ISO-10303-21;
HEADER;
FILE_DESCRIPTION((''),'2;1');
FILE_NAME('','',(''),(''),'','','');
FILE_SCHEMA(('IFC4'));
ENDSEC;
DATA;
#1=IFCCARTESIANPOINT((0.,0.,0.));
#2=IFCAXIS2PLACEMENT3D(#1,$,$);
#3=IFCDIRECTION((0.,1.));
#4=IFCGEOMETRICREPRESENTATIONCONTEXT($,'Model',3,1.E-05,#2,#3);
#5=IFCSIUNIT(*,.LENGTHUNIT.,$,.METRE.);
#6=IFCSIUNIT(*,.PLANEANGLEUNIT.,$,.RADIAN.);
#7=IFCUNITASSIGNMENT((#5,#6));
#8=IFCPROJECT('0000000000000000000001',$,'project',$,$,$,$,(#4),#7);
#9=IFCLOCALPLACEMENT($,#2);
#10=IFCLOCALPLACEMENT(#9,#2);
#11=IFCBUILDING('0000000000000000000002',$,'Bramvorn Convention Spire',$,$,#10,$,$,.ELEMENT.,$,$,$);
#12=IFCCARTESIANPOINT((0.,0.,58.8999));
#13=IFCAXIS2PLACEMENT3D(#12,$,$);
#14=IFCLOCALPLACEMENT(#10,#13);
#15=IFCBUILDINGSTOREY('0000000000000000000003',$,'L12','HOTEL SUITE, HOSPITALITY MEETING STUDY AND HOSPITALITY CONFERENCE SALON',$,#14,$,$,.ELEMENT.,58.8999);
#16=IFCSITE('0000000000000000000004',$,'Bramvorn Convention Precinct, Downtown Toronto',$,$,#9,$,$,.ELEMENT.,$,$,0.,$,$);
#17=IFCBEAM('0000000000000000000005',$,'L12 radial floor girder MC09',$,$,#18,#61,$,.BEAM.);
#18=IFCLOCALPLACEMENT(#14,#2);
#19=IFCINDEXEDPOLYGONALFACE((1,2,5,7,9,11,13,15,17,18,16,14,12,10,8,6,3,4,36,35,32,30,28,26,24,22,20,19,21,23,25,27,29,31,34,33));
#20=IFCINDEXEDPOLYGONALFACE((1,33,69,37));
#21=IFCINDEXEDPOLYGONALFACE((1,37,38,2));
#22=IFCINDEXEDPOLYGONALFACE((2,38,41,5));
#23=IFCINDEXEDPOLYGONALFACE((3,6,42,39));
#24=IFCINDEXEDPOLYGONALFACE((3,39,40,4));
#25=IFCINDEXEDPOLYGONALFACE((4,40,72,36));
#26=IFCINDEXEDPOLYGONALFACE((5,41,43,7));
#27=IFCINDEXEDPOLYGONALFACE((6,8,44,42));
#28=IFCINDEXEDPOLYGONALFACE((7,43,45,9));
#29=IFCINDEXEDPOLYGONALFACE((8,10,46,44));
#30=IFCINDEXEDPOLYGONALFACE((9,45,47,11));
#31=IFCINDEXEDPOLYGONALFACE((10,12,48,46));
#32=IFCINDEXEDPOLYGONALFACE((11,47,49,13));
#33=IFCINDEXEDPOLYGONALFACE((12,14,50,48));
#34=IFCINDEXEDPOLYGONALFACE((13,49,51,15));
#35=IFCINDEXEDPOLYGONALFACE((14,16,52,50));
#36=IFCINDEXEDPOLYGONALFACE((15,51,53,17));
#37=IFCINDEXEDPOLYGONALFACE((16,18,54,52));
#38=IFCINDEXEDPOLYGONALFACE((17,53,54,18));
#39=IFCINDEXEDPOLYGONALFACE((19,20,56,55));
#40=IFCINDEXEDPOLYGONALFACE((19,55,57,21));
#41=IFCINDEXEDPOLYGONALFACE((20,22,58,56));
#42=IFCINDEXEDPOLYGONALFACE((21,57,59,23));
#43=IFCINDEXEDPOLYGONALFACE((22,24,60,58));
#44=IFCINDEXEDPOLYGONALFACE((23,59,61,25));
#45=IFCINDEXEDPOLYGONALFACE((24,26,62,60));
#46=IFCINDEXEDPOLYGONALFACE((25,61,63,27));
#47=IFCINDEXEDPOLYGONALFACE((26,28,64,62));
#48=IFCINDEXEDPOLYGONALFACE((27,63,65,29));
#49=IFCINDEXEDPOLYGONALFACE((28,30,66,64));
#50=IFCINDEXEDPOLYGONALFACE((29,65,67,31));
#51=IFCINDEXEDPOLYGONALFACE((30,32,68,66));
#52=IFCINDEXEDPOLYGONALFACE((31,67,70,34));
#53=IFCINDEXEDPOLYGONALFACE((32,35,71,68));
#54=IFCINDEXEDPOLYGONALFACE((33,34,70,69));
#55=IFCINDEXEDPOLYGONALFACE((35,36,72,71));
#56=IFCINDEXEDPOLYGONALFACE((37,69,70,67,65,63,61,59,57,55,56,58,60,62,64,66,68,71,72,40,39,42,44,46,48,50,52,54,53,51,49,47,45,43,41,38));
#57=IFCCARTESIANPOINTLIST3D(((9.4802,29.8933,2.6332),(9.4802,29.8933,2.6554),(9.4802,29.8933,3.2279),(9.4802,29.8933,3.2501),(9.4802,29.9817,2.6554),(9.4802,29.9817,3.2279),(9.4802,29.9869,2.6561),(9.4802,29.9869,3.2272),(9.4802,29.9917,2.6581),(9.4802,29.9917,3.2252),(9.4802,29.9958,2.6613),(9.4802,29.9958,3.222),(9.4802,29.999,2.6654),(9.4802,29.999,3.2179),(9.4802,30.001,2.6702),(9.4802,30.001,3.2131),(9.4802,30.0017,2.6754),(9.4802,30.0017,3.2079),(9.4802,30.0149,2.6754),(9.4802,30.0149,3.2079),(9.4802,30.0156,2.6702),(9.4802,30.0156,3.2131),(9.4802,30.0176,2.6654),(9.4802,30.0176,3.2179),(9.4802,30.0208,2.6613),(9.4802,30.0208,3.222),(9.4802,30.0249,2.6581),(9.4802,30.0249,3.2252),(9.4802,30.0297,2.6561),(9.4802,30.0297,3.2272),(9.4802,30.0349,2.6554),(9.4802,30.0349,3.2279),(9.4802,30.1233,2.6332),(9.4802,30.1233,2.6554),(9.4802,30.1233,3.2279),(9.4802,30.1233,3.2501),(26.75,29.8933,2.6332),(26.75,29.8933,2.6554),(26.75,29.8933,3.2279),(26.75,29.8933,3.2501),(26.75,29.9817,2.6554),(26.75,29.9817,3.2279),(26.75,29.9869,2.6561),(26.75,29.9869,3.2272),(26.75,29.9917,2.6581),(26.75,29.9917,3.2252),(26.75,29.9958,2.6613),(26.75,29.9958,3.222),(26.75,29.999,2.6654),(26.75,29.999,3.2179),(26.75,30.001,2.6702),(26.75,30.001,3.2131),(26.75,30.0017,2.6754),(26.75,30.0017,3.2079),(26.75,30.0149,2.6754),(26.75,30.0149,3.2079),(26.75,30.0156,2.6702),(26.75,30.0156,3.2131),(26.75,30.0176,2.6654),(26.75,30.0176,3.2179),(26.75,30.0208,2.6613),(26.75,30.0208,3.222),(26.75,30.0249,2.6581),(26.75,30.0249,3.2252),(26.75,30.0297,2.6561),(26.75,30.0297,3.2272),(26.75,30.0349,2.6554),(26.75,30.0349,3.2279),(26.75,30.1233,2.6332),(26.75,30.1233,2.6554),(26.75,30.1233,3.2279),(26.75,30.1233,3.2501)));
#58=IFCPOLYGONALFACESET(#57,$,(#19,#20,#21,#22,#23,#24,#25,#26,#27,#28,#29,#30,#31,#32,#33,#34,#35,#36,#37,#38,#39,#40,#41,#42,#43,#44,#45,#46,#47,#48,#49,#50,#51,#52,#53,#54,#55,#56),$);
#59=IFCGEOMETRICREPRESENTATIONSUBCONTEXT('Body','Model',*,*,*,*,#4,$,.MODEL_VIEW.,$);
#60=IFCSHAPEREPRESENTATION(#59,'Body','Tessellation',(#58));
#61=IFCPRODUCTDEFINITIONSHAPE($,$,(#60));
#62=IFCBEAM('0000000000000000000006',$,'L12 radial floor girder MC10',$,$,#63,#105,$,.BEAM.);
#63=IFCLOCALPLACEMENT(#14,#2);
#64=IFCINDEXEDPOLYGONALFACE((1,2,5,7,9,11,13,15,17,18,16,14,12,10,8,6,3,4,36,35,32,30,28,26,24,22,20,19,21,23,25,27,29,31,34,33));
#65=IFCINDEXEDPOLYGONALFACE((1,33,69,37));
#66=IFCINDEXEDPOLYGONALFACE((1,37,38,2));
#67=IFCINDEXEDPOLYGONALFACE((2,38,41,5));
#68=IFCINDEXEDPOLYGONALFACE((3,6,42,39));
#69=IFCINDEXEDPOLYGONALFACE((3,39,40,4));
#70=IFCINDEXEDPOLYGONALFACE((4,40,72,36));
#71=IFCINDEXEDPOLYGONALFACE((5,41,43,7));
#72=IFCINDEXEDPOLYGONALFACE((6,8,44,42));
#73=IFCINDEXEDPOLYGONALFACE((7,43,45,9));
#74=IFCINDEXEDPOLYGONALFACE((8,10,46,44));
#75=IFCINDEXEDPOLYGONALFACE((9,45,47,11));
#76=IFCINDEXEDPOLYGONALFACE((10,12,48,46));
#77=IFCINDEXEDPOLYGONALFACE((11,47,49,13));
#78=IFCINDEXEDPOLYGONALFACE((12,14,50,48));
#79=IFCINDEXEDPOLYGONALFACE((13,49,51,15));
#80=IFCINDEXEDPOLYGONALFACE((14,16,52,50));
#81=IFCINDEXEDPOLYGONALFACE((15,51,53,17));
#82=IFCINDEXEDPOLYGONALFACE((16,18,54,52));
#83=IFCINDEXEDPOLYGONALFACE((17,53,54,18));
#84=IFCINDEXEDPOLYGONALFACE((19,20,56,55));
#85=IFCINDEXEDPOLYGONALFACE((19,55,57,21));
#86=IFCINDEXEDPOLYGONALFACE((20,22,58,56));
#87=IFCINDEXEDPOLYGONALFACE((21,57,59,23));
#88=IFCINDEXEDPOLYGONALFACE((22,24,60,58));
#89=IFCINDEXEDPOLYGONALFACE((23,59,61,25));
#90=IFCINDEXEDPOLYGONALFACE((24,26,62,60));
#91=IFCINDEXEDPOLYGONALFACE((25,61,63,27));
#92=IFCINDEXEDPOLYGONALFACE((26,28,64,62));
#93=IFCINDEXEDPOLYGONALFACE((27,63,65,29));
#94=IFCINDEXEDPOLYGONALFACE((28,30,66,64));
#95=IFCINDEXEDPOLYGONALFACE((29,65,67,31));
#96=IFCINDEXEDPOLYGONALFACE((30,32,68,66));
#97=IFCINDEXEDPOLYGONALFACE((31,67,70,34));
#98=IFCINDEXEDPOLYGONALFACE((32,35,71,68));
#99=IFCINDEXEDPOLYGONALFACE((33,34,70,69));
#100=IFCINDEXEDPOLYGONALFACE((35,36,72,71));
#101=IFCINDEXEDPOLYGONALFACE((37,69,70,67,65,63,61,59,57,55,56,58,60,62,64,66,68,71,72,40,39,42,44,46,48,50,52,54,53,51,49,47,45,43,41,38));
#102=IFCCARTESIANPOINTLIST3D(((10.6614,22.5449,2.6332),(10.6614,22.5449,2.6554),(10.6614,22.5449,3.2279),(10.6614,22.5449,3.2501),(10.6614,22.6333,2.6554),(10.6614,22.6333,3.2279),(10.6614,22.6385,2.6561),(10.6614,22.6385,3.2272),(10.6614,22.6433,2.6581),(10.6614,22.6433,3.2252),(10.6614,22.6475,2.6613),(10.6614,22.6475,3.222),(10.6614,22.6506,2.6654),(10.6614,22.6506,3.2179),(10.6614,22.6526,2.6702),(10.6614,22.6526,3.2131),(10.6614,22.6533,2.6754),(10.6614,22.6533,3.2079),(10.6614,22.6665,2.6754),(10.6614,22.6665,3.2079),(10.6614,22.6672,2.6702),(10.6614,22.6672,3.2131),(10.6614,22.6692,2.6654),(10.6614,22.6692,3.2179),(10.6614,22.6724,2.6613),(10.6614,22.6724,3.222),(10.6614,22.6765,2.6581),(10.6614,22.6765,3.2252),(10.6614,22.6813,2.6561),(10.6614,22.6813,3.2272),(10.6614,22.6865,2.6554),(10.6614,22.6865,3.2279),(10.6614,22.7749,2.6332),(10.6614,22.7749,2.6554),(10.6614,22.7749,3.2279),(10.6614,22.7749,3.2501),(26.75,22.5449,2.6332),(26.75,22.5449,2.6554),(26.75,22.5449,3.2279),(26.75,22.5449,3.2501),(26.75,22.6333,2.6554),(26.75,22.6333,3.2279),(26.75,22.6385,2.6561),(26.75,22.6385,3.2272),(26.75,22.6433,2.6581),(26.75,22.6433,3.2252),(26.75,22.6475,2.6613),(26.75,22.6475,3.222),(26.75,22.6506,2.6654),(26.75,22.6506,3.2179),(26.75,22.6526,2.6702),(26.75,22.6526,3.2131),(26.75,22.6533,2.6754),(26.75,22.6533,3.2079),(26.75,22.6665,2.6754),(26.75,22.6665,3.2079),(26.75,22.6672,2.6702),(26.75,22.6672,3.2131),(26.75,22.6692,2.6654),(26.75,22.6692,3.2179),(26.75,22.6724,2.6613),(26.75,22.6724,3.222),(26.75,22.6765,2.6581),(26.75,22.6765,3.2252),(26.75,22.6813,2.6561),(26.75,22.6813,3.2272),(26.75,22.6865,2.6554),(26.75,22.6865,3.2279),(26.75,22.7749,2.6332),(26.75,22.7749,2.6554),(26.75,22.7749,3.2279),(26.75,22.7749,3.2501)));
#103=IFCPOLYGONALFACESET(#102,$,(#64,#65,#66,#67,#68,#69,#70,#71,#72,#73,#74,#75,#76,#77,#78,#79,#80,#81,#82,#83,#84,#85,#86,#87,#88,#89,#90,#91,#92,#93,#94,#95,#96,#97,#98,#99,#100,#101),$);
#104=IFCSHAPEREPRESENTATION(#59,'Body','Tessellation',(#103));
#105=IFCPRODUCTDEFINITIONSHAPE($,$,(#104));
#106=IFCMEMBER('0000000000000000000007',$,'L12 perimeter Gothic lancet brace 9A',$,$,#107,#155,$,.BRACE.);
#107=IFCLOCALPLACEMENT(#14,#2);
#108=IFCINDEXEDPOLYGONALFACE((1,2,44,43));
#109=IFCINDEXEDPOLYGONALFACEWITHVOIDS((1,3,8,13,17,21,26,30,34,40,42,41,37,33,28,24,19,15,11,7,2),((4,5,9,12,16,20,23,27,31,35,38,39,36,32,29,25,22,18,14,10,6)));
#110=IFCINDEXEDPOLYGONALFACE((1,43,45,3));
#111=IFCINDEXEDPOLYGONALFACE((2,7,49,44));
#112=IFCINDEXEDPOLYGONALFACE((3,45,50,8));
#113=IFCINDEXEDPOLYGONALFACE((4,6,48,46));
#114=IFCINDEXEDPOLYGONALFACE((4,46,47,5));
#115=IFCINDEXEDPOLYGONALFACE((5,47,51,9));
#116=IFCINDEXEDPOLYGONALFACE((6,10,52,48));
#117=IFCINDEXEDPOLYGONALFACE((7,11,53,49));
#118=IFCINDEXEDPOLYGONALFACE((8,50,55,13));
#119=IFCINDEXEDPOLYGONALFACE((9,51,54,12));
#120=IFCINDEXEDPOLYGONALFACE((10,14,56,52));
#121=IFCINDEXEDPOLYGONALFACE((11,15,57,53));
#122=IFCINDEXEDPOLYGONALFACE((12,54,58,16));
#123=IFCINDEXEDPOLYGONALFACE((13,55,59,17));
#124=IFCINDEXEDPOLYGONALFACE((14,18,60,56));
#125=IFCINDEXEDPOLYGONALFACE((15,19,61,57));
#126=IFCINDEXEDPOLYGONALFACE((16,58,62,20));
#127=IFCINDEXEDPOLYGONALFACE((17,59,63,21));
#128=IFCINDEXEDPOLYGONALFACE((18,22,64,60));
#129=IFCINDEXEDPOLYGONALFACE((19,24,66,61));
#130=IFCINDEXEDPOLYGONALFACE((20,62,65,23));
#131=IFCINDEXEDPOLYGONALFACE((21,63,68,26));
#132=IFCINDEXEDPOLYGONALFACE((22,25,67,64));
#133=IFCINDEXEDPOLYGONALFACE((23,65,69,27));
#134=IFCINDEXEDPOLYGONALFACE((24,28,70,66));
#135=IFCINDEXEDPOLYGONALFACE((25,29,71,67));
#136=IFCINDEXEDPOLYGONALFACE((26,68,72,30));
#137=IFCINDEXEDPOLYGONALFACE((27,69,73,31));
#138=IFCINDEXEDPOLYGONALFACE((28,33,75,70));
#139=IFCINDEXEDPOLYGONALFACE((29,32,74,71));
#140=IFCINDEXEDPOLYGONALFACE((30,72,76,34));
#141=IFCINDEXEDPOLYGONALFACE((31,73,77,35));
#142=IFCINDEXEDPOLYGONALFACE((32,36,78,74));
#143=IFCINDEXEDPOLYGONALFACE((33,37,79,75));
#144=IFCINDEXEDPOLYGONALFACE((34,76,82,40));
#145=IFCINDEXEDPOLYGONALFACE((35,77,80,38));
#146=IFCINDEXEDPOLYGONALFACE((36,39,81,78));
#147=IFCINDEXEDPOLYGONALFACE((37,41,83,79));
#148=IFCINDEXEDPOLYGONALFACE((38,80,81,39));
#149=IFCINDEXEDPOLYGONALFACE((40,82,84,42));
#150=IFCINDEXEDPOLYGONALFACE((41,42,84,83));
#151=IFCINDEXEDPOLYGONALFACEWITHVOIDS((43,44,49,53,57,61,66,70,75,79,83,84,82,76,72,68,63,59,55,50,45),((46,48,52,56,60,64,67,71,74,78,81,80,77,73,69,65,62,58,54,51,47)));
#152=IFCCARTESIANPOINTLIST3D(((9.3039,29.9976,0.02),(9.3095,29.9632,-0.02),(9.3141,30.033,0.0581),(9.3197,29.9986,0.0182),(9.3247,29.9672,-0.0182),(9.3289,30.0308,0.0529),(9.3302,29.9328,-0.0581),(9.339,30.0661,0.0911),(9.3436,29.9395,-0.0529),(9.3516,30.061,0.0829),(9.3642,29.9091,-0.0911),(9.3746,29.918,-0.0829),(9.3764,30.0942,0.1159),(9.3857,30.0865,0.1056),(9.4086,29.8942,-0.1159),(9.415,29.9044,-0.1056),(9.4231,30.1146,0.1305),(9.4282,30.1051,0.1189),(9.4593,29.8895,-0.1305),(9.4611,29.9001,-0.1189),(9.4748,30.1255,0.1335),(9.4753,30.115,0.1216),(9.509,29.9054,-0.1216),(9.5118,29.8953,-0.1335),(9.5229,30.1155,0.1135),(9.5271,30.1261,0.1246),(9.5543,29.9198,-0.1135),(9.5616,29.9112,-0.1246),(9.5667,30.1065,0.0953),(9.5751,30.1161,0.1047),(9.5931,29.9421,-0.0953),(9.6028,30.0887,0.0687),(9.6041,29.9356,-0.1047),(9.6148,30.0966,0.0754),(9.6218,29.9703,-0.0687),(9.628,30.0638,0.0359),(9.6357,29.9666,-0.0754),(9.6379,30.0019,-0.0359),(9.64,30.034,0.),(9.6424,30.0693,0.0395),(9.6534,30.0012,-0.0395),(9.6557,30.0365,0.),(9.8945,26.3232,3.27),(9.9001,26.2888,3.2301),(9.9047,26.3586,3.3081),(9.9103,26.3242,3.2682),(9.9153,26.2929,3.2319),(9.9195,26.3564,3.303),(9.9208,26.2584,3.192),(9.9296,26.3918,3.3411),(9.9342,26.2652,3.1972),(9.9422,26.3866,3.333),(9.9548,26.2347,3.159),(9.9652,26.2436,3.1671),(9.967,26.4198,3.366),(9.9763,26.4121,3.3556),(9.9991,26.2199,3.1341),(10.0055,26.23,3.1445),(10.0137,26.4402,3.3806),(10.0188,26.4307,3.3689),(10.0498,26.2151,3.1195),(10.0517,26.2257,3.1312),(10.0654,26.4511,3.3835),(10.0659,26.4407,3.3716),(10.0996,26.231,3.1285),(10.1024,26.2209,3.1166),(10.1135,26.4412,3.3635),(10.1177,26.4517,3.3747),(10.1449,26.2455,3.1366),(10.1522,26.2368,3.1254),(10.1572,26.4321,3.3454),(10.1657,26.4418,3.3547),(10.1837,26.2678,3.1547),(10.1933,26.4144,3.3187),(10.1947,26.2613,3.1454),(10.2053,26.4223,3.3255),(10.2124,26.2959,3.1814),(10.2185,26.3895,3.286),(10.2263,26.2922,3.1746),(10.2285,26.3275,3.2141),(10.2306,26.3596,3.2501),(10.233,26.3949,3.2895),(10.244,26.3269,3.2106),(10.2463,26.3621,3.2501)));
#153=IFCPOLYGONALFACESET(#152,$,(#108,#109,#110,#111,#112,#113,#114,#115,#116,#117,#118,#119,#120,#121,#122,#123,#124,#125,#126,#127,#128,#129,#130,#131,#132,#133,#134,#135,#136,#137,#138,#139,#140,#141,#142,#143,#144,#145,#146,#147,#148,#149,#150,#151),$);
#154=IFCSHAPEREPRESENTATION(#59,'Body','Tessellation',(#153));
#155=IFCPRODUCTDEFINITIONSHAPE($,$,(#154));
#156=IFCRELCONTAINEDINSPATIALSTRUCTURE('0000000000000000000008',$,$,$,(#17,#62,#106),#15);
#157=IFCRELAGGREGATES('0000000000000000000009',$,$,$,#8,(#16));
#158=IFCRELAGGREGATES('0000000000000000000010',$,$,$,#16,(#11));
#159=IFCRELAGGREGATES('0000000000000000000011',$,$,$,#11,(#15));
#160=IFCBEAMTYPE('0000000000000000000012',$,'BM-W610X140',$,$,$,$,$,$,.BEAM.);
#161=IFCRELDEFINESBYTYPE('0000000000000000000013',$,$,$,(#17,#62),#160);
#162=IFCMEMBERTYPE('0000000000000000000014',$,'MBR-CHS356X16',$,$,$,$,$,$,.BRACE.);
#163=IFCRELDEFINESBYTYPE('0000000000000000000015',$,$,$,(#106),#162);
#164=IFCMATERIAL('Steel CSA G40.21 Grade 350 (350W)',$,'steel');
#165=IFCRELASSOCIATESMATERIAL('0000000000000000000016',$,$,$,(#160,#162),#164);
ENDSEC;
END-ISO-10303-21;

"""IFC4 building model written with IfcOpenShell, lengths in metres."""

from ifc_helpers import new_model, si_unit, direction, frame, origin, origin_2d, place, context, subcontext, project, spatial, hollow_circle, i_section, extrude, material, material_profile, profile_set, type_object, element, save


model = new_model("IFC4")

# Units and contexts
model_context = context("Model", 3, precision=1e-05, world=origin(), true_north=direction((0.0, 1.0)))
body_context = subcontext(model_context, "Body", "Model", "MODEL_VIEW")
ifc_project = project(units=[si_unit("LENGTHUNIT", "METRE"), si_unit("PLANEANGLEUNIT", "RADIAN")], contexts=[model_context])

# Site, building, storey
site_placement = place(None, origin())
site = spatial("IfcSite", under=ifc_project, at=site_placement, Name="Bramvorn Convention Precinct, Downtown Toronto", CompositionType="ELEMENT", RefElevation=0.0)
building_placement = place(site_placement, origin())
building = spatial("IfcBuilding", under=site, at=building_placement, Name="Bramvorn Convention Spire", CompositionType="ELEMENT")
storey_placement = place(building_placement, frame((0.0, 0.0, 58.8999)))
storey = spatial("IfcBuildingStorey", under=building, at=storey_placement, Name="L12", Description="HOTEL SUITE, HOSPITALITY MEETING STUDY AND HOSPITALITY CONFERENCE SALON", CompositionType="ELEMENT", Elevation=58.8999)

# Shared definitions
ifc_material_1 = material(Name="Steel CSA G40.21 Grade 350 (350W)", Category="steel")

# Beams
ifc_material_profile_1 = material_profile(ifc_material_1, i_section(OverallWidth=0.23, OverallDepth=0.6169, WebThickness=0.0132, FlangeThickness=0.0222, FilletRadius=0.02, at=origin_2d()))
ifc_profile_set_1 = profile_set([ifc_material_profile_1], Name="Steel CSA G40.21 Grade 350 (350W) - W610X140")
beam_type_1 = type_object("IfcBeamType", Name="BM-W610X140", PredefinedType="BEAM", material=ifc_profile_set_1)
beam_1_placement = place(storey_placement, frame((26.75, 30.0083, 2.9417), z_axis=(-1.0, 0.0, 0.0), x_axis=(0.0, -1.0, 0.0)))
element("IfcBeam", 1, at=beam_1_placement, inside=storey, type_object=beam_type_1, Name="L12 radial floor girder MC09", PredefinedType="BEAM", context=body_context, shape_type="SweptSolid", body=[
    extrude(i_section(OverallWidth=0.23, OverallDepth=0.6169, WebThickness=0.0132, FlangeThickness=0.0222, FilletRadius=0.02, at=origin_2d()), origin(), (0.0, 0.0, 1.0), 17.2698),
])
beam_2_placement = place(storey_placement, frame((26.75, 22.6599, 2.9417), z_axis=(-1.0, 0.0, 0.0), x_axis=(0.0, -1.0, 0.0)))
element("IfcBeam", 2, at=beam_2_placement, inside=storey, type_object=beam_type_1, Name="L12 radial floor girder MC10", PredefinedType="BEAM", context=body_context, shape_type="SweptSolid", body=[
    extrude(i_section(OverallWidth=0.23, OverallDepth=0.6169, WebThickness=0.0132, FlangeThickness=0.0222, FilletRadius=0.02, at=origin_2d()), origin(), (0.0, 0.0, 1.0), 16.0886),
])

# Member
ifc_material_profile_2 = material_profile(ifc_material_1, hollow_circle(Radius=0.1777, WallThickness=0.0159, at=origin_2d()))
ifc_profile_set_2 = profile_set([ifc_material_profile_2], Name="Steel CSA G40.21 Grade 350 (350W) - CHS356X16")
member_type = type_object("IfcMemberType", Name="MBR-CHS356X16", PredefinedType="BRACE", material=ifc_profile_set_2)
member_1_placement = place(storey_placement, frame((9.4802, 30.0083, 0.0), z_axis=(0.11953, -0.743663, 0.657783), x_axis=(0.987328, 0.158694, 0.0)))
element("IfcMember", 3, at=member_1_placement, inside=storey, type_object=member_type, Name="L12 perimeter Gothic lancet brace 9A", PredefinedType="BRACE", context=body_context, shape_type="SweptSolid", body=[
    extrude(hollow_circle(Radius=0.1777, WallThickness=0.0159, at=origin_2d()), origin(), (0.0, 0.0, 1.0), 4.9409),
])

save(model, "model.ifc")
